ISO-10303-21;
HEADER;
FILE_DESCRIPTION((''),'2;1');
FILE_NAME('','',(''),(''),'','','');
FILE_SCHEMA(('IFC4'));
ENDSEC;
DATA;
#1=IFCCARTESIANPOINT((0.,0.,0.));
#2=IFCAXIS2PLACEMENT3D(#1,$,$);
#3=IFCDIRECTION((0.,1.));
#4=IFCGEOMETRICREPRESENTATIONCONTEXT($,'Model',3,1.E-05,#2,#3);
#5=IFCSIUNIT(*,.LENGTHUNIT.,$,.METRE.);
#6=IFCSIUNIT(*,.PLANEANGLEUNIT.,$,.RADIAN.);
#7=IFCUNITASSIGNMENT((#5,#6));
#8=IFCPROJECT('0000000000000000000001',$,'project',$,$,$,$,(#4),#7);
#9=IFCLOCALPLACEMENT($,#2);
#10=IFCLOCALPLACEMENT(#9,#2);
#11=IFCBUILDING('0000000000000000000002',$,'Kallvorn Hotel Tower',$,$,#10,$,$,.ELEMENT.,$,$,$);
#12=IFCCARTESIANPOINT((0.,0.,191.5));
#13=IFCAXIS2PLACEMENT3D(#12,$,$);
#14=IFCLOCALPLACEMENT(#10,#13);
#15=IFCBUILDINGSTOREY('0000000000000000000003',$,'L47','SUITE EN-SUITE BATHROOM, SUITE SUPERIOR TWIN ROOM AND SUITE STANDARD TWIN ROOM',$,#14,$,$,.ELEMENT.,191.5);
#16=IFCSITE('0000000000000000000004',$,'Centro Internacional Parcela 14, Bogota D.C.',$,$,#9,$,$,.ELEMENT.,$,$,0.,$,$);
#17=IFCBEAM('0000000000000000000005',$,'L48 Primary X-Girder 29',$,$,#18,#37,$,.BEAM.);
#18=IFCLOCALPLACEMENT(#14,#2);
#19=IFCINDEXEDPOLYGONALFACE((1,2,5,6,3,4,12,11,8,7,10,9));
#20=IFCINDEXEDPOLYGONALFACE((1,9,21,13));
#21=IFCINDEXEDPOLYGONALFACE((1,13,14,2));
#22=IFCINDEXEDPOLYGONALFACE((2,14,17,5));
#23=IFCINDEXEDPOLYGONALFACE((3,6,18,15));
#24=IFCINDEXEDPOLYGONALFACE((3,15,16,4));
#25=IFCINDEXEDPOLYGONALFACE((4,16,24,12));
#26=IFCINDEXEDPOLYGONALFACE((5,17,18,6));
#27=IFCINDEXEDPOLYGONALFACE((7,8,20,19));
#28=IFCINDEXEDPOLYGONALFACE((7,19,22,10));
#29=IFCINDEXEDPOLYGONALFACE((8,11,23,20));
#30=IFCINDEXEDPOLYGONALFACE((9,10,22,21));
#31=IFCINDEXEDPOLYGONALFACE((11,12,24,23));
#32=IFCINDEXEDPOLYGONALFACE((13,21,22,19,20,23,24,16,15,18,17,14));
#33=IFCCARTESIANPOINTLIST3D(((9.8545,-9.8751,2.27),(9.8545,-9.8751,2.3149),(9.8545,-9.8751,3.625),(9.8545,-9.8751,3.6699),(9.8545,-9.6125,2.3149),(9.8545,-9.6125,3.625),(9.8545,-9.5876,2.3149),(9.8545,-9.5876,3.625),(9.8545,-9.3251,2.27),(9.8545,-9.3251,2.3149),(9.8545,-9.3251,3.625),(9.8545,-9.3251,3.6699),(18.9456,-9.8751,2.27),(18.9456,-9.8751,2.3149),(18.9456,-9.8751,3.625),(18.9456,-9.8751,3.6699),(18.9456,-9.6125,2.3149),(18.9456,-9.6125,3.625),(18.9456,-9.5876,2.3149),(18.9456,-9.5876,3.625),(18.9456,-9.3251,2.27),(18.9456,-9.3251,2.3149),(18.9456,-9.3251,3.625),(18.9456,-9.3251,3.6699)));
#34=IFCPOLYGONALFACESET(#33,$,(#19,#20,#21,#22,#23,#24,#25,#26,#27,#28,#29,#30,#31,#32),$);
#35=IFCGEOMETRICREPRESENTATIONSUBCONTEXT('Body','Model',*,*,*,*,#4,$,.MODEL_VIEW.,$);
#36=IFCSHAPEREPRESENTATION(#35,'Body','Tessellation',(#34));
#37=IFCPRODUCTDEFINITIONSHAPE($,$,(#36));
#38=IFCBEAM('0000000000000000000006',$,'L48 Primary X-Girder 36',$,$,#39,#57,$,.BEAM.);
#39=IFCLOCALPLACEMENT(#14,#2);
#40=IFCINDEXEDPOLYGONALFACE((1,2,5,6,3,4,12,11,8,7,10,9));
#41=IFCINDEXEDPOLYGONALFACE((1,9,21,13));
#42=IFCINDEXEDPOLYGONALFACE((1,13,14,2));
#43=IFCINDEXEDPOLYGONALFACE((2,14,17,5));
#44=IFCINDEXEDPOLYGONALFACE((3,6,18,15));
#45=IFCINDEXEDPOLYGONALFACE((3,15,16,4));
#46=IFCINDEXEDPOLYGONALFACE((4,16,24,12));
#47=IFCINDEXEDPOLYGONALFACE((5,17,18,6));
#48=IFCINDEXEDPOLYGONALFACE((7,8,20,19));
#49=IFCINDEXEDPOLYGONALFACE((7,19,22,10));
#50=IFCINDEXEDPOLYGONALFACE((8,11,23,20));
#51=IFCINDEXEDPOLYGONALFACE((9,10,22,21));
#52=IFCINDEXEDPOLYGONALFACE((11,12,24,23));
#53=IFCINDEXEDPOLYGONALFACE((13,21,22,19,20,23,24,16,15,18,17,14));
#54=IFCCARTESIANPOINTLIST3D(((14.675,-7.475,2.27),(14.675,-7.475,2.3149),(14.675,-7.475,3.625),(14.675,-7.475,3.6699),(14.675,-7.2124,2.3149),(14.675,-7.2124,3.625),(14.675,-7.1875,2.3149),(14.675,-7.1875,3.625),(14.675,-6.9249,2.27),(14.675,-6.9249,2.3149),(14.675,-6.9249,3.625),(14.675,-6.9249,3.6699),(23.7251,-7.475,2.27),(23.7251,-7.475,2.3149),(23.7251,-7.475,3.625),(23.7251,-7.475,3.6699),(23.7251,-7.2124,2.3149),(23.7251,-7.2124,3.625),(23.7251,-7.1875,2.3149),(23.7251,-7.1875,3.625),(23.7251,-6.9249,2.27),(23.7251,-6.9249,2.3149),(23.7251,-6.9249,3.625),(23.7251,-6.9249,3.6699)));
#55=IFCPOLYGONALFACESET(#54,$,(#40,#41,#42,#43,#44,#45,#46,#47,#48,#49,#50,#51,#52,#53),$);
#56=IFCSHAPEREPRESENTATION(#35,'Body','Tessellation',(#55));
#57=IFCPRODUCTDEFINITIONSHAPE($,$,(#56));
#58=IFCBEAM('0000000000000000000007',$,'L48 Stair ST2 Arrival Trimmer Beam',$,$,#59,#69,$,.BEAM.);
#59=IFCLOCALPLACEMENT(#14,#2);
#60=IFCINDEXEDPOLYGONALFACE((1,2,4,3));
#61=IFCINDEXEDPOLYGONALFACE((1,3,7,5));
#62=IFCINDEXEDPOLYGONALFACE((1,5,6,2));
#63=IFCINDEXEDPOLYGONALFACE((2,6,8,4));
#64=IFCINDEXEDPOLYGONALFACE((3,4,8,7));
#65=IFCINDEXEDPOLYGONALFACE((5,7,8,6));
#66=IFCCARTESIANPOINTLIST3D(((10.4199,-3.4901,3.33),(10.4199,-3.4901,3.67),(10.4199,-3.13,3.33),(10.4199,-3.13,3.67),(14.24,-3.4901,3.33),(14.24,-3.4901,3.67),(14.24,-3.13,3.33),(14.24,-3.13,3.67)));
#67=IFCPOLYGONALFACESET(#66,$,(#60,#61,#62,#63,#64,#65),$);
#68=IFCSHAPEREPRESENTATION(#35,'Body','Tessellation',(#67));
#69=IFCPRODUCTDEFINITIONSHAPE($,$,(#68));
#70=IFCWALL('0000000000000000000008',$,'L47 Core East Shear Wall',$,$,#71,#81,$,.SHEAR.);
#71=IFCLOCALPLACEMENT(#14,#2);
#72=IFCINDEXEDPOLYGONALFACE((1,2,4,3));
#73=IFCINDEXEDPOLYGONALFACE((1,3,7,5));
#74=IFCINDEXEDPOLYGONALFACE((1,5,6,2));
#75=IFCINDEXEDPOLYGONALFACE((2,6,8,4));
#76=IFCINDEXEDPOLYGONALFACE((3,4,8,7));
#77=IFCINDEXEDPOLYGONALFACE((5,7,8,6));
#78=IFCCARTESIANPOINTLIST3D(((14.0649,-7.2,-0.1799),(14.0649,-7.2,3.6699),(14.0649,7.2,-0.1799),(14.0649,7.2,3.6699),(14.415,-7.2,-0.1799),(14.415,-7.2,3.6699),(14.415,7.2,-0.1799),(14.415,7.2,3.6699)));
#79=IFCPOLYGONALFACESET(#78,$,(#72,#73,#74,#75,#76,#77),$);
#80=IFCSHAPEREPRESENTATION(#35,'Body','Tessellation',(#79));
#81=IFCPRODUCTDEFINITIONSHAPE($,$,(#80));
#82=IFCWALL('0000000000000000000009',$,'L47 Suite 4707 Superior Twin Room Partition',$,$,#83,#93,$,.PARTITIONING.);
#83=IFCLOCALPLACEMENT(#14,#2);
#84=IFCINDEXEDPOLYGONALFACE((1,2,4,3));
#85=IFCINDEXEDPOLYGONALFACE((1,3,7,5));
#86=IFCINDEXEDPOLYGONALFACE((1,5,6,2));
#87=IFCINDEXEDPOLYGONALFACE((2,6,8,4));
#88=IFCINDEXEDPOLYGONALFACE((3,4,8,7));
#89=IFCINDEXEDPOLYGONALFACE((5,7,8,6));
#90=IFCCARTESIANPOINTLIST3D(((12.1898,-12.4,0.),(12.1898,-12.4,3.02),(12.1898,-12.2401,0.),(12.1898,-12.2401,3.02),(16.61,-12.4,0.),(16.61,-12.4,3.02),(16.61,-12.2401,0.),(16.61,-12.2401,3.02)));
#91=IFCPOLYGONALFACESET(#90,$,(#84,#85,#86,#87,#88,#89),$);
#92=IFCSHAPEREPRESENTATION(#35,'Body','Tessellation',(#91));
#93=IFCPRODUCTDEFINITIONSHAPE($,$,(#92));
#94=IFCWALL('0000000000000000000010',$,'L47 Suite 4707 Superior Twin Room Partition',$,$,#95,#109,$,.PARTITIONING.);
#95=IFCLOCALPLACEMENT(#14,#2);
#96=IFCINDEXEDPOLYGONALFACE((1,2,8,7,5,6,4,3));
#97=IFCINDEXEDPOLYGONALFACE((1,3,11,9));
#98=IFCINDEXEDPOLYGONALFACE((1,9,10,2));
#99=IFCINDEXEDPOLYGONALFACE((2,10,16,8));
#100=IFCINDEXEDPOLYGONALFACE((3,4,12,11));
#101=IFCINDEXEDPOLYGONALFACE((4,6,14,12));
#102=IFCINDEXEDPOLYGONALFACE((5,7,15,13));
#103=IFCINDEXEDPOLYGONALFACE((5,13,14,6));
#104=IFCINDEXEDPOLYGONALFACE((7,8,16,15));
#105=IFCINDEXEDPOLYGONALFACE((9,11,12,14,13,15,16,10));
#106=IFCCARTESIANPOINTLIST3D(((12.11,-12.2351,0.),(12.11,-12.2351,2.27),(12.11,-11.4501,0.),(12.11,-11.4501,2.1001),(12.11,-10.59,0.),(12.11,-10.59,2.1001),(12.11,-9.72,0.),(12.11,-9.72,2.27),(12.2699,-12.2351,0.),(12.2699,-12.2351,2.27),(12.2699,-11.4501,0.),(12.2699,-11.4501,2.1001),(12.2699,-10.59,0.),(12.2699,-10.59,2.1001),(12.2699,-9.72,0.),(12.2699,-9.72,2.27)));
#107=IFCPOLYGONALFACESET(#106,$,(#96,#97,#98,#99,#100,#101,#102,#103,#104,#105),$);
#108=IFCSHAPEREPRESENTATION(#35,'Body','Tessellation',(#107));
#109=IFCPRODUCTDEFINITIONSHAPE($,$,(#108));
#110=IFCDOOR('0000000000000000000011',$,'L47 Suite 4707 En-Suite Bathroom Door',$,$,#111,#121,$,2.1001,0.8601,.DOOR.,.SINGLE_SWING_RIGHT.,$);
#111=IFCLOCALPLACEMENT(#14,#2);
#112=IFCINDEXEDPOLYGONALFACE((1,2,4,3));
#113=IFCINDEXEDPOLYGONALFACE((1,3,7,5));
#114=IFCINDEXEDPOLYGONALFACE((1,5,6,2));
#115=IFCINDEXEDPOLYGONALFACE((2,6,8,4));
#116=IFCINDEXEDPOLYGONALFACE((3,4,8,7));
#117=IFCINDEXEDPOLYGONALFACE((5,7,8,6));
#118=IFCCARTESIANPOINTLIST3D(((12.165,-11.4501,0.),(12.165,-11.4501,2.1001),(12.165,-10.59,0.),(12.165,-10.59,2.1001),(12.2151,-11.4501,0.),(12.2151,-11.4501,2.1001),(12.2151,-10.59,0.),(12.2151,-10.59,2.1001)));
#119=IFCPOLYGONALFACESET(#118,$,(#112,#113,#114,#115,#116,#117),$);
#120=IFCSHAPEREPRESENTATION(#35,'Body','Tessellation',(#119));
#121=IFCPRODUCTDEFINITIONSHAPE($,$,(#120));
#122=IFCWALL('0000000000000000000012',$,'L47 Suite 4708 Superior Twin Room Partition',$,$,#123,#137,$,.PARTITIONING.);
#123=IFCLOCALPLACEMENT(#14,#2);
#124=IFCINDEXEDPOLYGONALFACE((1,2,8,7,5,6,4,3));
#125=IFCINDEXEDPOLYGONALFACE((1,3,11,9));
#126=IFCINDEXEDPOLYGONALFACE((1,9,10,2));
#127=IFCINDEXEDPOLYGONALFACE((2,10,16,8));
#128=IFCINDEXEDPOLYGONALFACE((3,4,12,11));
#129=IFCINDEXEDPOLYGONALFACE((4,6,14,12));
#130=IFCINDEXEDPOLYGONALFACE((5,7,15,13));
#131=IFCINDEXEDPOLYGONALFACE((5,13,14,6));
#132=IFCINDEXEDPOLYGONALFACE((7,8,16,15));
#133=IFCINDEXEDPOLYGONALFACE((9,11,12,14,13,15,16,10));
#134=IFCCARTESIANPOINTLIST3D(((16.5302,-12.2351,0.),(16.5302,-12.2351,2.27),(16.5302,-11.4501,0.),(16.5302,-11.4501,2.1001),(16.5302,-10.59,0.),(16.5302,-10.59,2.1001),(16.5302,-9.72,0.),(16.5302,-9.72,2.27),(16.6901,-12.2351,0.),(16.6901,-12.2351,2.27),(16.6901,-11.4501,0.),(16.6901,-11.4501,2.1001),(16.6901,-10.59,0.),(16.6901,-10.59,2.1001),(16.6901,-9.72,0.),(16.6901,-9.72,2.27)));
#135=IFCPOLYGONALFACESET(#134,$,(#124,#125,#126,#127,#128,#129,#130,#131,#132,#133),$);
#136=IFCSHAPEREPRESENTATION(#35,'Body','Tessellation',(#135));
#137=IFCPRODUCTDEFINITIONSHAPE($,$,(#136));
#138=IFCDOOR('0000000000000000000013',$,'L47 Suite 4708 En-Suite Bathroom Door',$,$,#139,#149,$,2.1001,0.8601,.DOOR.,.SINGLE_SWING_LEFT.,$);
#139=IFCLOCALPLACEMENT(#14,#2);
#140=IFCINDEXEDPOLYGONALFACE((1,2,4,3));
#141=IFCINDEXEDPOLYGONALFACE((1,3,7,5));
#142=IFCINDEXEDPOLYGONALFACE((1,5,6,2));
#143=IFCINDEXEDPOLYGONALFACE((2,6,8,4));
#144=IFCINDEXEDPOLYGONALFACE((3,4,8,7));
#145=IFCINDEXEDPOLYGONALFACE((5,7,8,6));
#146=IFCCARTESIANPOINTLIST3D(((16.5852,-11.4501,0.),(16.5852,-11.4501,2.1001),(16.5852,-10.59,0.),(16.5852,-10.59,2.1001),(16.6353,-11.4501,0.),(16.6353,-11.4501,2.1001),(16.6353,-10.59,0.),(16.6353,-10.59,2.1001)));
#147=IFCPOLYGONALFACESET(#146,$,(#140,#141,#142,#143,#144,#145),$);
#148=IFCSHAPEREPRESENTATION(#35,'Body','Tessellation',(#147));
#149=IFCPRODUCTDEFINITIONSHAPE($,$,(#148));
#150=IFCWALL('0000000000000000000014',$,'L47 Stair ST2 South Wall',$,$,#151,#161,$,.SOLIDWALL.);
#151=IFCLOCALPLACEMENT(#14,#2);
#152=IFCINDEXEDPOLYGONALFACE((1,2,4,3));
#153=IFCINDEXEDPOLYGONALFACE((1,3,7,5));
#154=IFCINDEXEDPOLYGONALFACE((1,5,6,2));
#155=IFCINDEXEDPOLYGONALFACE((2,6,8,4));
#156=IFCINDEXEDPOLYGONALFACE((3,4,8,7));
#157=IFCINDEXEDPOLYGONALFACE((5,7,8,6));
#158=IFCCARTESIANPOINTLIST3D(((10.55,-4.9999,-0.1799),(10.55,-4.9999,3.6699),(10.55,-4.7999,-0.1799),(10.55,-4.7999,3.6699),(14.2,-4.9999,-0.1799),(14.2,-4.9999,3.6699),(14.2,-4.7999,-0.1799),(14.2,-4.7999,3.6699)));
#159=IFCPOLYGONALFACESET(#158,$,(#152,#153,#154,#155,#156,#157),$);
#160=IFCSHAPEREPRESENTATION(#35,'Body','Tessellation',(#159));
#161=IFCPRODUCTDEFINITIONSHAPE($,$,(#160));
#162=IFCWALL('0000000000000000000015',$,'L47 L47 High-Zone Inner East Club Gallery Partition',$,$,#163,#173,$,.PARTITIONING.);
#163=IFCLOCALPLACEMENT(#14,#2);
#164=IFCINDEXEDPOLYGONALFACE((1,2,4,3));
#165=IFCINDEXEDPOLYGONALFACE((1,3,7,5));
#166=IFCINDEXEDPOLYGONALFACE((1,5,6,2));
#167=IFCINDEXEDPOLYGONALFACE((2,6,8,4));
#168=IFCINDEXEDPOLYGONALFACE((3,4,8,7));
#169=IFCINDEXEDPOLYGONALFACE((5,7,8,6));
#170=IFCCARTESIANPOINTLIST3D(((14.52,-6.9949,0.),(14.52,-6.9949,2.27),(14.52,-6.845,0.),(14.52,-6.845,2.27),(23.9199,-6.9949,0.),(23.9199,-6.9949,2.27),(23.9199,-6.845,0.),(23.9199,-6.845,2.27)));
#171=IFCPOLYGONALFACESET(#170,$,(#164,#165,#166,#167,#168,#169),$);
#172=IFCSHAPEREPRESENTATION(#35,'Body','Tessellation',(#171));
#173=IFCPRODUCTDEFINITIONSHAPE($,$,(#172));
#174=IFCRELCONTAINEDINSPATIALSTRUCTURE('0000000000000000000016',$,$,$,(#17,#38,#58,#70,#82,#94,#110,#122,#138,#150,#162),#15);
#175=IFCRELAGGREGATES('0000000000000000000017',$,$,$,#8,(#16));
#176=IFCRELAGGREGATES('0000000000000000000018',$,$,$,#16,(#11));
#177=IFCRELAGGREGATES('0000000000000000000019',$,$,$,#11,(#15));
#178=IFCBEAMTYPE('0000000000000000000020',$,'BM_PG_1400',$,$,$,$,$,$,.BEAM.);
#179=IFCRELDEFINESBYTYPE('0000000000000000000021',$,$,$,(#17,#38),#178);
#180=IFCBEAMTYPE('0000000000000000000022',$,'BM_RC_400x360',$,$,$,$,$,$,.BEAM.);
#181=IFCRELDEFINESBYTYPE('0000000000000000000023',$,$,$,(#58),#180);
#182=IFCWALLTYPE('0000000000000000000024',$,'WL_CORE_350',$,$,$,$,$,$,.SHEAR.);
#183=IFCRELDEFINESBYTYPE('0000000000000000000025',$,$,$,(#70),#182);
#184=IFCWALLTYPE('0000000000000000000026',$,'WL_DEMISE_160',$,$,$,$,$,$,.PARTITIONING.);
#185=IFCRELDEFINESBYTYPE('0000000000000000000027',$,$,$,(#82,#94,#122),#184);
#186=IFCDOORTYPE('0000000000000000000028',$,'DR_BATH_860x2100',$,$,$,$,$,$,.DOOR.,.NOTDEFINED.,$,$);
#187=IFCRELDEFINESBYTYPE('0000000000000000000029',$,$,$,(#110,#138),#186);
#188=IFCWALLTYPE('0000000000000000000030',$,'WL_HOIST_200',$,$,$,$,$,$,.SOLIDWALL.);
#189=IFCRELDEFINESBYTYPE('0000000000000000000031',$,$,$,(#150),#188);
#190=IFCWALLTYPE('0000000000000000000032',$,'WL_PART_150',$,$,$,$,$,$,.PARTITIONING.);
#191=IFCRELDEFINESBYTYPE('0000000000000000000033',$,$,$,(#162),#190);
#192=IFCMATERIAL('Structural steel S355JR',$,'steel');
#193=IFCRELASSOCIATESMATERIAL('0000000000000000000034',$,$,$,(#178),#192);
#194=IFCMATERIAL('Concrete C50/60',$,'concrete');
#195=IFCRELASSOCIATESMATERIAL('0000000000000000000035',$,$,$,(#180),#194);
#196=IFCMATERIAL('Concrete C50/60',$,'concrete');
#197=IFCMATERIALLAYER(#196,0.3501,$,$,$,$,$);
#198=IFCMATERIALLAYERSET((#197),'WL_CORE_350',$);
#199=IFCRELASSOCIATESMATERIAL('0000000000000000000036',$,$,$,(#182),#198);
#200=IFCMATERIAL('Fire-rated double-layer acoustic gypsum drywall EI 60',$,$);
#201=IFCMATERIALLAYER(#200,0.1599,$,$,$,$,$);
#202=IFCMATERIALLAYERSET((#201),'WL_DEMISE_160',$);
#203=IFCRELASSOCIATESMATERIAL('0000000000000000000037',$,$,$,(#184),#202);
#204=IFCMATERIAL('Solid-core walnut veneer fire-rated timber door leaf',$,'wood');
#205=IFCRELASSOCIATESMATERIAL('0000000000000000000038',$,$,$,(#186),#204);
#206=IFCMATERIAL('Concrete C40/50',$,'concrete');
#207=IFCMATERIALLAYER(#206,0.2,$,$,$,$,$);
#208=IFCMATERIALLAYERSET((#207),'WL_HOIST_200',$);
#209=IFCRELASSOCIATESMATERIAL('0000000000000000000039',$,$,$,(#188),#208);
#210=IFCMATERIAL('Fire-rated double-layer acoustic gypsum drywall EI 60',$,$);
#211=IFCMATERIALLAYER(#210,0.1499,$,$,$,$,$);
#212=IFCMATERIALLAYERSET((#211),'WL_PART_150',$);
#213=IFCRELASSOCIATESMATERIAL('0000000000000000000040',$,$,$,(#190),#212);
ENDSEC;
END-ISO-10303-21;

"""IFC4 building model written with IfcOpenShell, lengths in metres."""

from ifc_helpers import new_model, si_unit, direction, frame, frame_2d, origin, origin_2d, place, context, subcontext, project, spatial, rectangle, i_section, extrude, material, layer, layer_set, material_profile, profile_set, type_object, element, fill, save


model = new_model("IFC4")

# Units and contexts
model_context = context("Model", 3, precision=1e-05, world=origin(), true_north=direction((0.0, 1.0)))
body_context = subcontext(model_context, "Body", "Model", "MODEL_VIEW")
ifc_project = project(units=[si_unit("LENGTHUNIT", "METRE"), si_unit("PLANEANGLEUNIT", "RADIAN")], contexts=[model_context])

# Site, building, storey
site_placement = place(None, origin())
site = spatial("IfcSite", under=ifc_project, at=site_placement, Name="Centro Internacional Parcela 14, Bogota D.C.", CompositionType="ELEMENT", RefElevation=0.0)
building_placement = place(site_placement, origin())
building = spatial("IfcBuilding", under=site, at=building_placement, Name="Kallvorn Hotel Tower", CompositionType="ELEMENT")
storey_placement = place(building_placement, frame((0.0, 0.0, 191.5)))
storey = spatial("IfcBuildingStorey", under=building, at=storey_placement, Name="L47", Description="SUITE EN-SUITE BATHROOM, SUITE SUPERIOR TWIN ROOM AND SUITE STANDARD TWIN ROOM", CompositionType="ELEMENT", Elevation=191.5)

# Beams
ifc_material_1 = material(Name="Structural steel S355JR", Category="steel")
ifc_material_profile_1 = material_profile(ifc_material_1, i_section(OverallWidth=0.55, OverallDepth=1.3999, WebThickness=0.0249, FlangeThickness=0.0449, at=origin_2d()), Name="PG 1400x550x25x45")
ifc_profile_set_1 = profile_set([ifc_material_profile_1], Name="Structural steel S355JR")
beam_type_1 = type_object("IfcBeamType", Name="BM_PG_1400", PredefinedType="BEAM", material=ifc_profile_set_1)
beam_1_placement = place(storey_placement, frame((9.8545, -9.6001, 2.97), z_axis=(1.0, 0.0, 0.0), x_axis=(0.0, 1.0, 0.0)))
element("IfcBeam", 1, at=beam_1_placement, inside=storey, type_object=beam_type_1, Name="L48 Primary X-Girder 29", PredefinedType="BEAM", context=body_context, shape_type="SweptSolid", body=[
    extrude(i_section(OverallWidth=0.55, OverallDepth=1.3999, WebThickness=0.0249, FlangeThickness=0.0449, at=origin_2d()), origin(), (0.0, 0.0, 1.0), 9.0911),
])
beam_2_placement = place(storey_placement, frame((14.675, -7.2, 2.97), z_axis=(1.0, 0.0, 0.0), x_axis=(0.0, 1.0, 0.0)))
element("IfcBeam", 2, at=beam_2_placement, inside=storey, type_object=beam_type_1, Name="L48 Primary X-Girder 36", PredefinedType="BEAM", context=body_context, shape_type="SweptSolid", body=[
    extrude(i_section(OverallWidth=0.55, OverallDepth=1.3999, WebThickness=0.0249, FlangeThickness=0.0449, at=origin_2d()), origin(), (0.0, 0.0, 1.0), 9.05),
])
ifc_material_2 = material(Name="Concrete C50/60", Category="concrete")
ifc_material_profile_2 = material_profile(ifc_material_2, rectangle(XDim=0.3601, YDim=0.3401, at=origin_2d()), Name="RC 360x340")
ifc_profile_set_2 = profile_set([ifc_material_profile_2], Name="Concrete C50/60")
beam_type_2 = type_object("IfcBeamType", Name="BM_RC_400x360", PredefinedType="BEAM", material=ifc_profile_set_2)
beam_3_placement = place(storey_placement, frame((14.24, -3.3101, 3.5), z_axis=(-1.0, 0.0, 0.0), x_axis=(0.0, -1.0, 0.0)))
element("IfcBeam", 3, at=beam_3_placement, inside=storey, type_object=beam_type_2, Name="L48 Stair ST2 Arrival Trimmer Beam", PredefinedType="BEAM", context=body_context, shape_type="SweptSolid", body=[
    extrude(rectangle(XDim=0.3601, YDim=0.3401, at=origin_2d()), origin(), (0.0, 0.0, 1.0), 3.8201),
])

# Walls
ifc_material_3 = material(Name="Concrete C50/60", Category="concrete")
ifc_layer_1 = layer(ifc_material_3, 0.3501)
ifc_layer_set_1 = layer_set([ifc_layer_1], Name="WL_CORE_350")
wall_type_1 = type_object("IfcWallType", Name="WL_CORE_350", PredefinedType="SHEAR", material=ifc_layer_set_1)
wall_1_placement = place(storey_placement, frame((14.24, -7.2, -0.1799), z_axis=(0.0, 0.0, 1.0), x_axis=(0.0, 1.0, 0.0)))
element("IfcWall", 4, at=wall_1_placement, inside=storey, type_object=wall_type_1, Name="L47 Core East Shear Wall", PredefinedType="SHEAR", context=body_context, shape_type="SweptSolid", body=[
    extrude(rectangle(XDim=14.3999, YDim=0.3501, at=frame_2d((7.2, 0.0))), origin(), (0.0, 0.0, 1.0), 3.8499),
])
ifc_material_4 = material(Name="Fire-rated double-layer acoustic gypsum drywall EI 60")
ifc_layer_2 = layer(ifc_material_4, 0.1599)
ifc_layer_set_2 = layer_set([ifc_layer_2], Name="WL_DEMISE_160")
wall_type_2 = type_object("IfcWallType", Name="WL_DEMISE_160", PredefinedType="PARTITIONING", material=ifc_layer_set_2)
wall_2_placement = place(storey_placement, frame((12.1899, -12.3201, 0.0), z_axis=(0.0, 0.0, 1.0), x_axis=(1.0, 0.0, 0.0)))
element("IfcWall", 5, at=wall_2_placement, inside=storey, type_object=wall_type_2, Name="L47 Suite 4707 Superior Twin Room Partition", PredefinedType="PARTITIONING", context=body_context, shape_type="SweptSolid", body=[
    extrude(rectangle(XDim=4.4202, YDim=0.1599, at=frame_2d((2.21, 0.0))), origin(), (0.0, 0.0, 1.0), 3.02),
])

# Walls, openings, doors
wall_3_placement = place(storey_placement, frame((12.1899, -12.2351, 0.0), z_axis=(0.0, 0.0, 1.0), x_axis=(0.0, 1.0, 0.0)))
wall_3 = element("IfcWall", 6, at=wall_3_placement, inside=storey, type_object=wall_type_2, Name="L47 Suite 4707 Superior Twin Room Partition", PredefinedType="PARTITIONING", context=body_context, shape_type="SweptSolid", body=[
    extrude(rectangle(XDim=2.5151, YDim=0.1599, at=frame_2d((1.2576, 0.0))), origin(), (0.0, 0.0, 1.0), 2.27),
])
opening_1_placement = place(wall_3_placement, frame((0.7849, 0.0, 0.0)))
opening_1 = element("IfcOpeningElement", 7, at=opening_1_placement, cuts=wall_3, PredefinedType="OPENING", context=body_context, shape_type="SweptSolid", body=[
    extrude(rectangle(XDim=0.8601, YDim=2.1001, at=frame_2d((0.4302, 1.05))), frame((0.0, 0.095, 0.0), z_axis=(0.0, -1.0, 0.0), x_axis=(1.0, 0.0, 0.0)), (0.0, 0.0, 1.0), 0.1899),
])
ifc_material_5 = material(Name="Solid-core walnut veneer fire-rated timber door leaf", Category="wood")
door_type_1 = type_object("IfcDoorType", Name="DR_BATH_860x2100", OperationType="NOTDEFINED", PredefinedType="DOOR", material=ifc_material_5)
door_1_placement = place(opening_1_placement, origin())
door_1 = element("IfcDoor", 8, at=door_1_placement, inside=storey, type_object=door_type_1, Name="L47 Suite 4707 En-Suite Bathroom Door", OperationType="SINGLE_SWING_RIGHT", OverallHeight=2.1001, OverallWidth=0.8601, PredefinedType="DOOR", context=body_context, shape_type="SweptSolid", body=[
    extrude(rectangle(XDim=0.8601, YDim=2.1001, at=frame_2d((0.4302, 1.05))), frame((0.0, 0.0249, 0.0), z_axis=(0.0, -1.0, 0.0), x_axis=(1.0, 0.0, 0.0)), (0.0, 0.0, 1.0), 0.05),
])
fill(opening_1, door_1)
wall_4_placement = place(storey_placement, frame((16.6101, -12.2351, 0.0), z_axis=(0.0, 0.0, 1.0), x_axis=(0.0, 1.0, 0.0)))
wall_4 = element("IfcWall", 9, at=wall_4_placement, inside=storey, type_object=wall_type_2, Name="L47 Suite 4708 Superior Twin Room Partition", PredefinedType="PARTITIONING", context=body_context, shape_type="SweptSolid", body=[
    extrude(rectangle(XDim=2.5151, YDim=0.1599, at=frame_2d((1.2576, 0.0))), origin(), (0.0, 0.0, 1.0), 2.27),
])
opening_2_placement = place(wall_4_placement, frame((0.7849, 0.0, 0.0)))
opening_2 = element("IfcOpeningElement", 10, at=opening_2_placement, cuts=wall_4, PredefinedType="OPENING", context=body_context, shape_type="SweptSolid", body=[
    extrude(rectangle(XDim=0.8601, YDim=2.1001, at=frame_2d((0.4302, 1.05))), frame((0.0, 0.095, 0.0), z_axis=(0.0, -1.0, 0.0), x_axis=(1.0, 0.0, 0.0)), (0.0, 0.0, 1.0), 0.1899),
])
door_2_placement = place(opening_2_placement, origin())
door_2 = element("IfcDoor", 11, at=door_2_placement, inside=storey, type_object=door_type_1, Name="L47 Suite 4708 En-Suite Bathroom Door", OperationType="SINGLE_SWING_LEFT", OverallHeight=2.1001, OverallWidth=0.8601, PredefinedType="DOOR", context=body_context, shape_type="SweptSolid", body=[
    extrude(rectangle(XDim=0.8601, YDim=2.1001, at=frame_2d((0.4302, 1.05))), frame((0.0, 0.0249, 0.0), z_axis=(0.0, -1.0, 0.0), x_axis=(1.0, 0.0, 0.0)), (0.0, 0.0, 1.0), 0.05),
])
fill(opening_2, door_2)

# Walls
ifc_material_6 = material(Name="Concrete C40/50", Category="concrete")
ifc_layer_3 = layer(ifc_material_6, 0.2)
ifc_layer_set_3 = layer_set([ifc_layer_3], Name="WL_HOIST_200")
wall_type_3 = type_object("IfcWallType", Name="WL_HOIST_200", PredefinedType="SOLIDWALL", material=ifc_layer_set_3)
wall_5_placement = place(storey_placement, frame((10.55, -4.8999, -0.1799), z_axis=(0.0, 0.0, 1.0), x_axis=(1.0, 0.0, 0.0)))
element("IfcWall", 12, at=wall_5_placement, inside=storey, type_object=wall_type_3, Name="L47 Stair ST2 South Wall", PredefinedType="SOLIDWALL", context=body_context, shape_type="SweptSolid", body=[
    extrude(rectangle(XDim=3.6499, YDim=0.2, at=frame_2d((1.825, 0.0))), origin(), (0.0, 0.0, 1.0), 3.8499),
])
ifc_material_7 = material(Name="Fire-rated double-layer acoustic gypsum drywall EI 60")
ifc_layer_4 = layer(ifc_material_7, 0.1499)
ifc_layer_set_4 = layer_set([ifc_layer_4], Name="WL_PART_150")
wall_type_4 = type_object("IfcWallType", Name="WL_PART_150", PredefinedType="PARTITIONING", material=ifc_layer_set_4)
wall_6_placement = place(storey_placement, frame((14.52, -6.9199, 0.0), z_axis=(0.0, 0.0, 1.0), x_axis=(1.0, 0.0, 0.0)))
element("IfcWall", 13, at=wall_6_placement, inside=storey, type_object=wall_type_4, Name="L47 L47 High-Zone Inner East Club Gallery Partition", PredefinedType="PARTITIONING", context=body_context, shape_type="SweptSolid", body=[
    extrude(rectangle(XDim=9.3999, YDim=0.1499, at=frame_2d((4.7, 0.0))), origin(), (0.0, 0.0, 1.0), 2.27),
])

save(model, "model.ifc")
